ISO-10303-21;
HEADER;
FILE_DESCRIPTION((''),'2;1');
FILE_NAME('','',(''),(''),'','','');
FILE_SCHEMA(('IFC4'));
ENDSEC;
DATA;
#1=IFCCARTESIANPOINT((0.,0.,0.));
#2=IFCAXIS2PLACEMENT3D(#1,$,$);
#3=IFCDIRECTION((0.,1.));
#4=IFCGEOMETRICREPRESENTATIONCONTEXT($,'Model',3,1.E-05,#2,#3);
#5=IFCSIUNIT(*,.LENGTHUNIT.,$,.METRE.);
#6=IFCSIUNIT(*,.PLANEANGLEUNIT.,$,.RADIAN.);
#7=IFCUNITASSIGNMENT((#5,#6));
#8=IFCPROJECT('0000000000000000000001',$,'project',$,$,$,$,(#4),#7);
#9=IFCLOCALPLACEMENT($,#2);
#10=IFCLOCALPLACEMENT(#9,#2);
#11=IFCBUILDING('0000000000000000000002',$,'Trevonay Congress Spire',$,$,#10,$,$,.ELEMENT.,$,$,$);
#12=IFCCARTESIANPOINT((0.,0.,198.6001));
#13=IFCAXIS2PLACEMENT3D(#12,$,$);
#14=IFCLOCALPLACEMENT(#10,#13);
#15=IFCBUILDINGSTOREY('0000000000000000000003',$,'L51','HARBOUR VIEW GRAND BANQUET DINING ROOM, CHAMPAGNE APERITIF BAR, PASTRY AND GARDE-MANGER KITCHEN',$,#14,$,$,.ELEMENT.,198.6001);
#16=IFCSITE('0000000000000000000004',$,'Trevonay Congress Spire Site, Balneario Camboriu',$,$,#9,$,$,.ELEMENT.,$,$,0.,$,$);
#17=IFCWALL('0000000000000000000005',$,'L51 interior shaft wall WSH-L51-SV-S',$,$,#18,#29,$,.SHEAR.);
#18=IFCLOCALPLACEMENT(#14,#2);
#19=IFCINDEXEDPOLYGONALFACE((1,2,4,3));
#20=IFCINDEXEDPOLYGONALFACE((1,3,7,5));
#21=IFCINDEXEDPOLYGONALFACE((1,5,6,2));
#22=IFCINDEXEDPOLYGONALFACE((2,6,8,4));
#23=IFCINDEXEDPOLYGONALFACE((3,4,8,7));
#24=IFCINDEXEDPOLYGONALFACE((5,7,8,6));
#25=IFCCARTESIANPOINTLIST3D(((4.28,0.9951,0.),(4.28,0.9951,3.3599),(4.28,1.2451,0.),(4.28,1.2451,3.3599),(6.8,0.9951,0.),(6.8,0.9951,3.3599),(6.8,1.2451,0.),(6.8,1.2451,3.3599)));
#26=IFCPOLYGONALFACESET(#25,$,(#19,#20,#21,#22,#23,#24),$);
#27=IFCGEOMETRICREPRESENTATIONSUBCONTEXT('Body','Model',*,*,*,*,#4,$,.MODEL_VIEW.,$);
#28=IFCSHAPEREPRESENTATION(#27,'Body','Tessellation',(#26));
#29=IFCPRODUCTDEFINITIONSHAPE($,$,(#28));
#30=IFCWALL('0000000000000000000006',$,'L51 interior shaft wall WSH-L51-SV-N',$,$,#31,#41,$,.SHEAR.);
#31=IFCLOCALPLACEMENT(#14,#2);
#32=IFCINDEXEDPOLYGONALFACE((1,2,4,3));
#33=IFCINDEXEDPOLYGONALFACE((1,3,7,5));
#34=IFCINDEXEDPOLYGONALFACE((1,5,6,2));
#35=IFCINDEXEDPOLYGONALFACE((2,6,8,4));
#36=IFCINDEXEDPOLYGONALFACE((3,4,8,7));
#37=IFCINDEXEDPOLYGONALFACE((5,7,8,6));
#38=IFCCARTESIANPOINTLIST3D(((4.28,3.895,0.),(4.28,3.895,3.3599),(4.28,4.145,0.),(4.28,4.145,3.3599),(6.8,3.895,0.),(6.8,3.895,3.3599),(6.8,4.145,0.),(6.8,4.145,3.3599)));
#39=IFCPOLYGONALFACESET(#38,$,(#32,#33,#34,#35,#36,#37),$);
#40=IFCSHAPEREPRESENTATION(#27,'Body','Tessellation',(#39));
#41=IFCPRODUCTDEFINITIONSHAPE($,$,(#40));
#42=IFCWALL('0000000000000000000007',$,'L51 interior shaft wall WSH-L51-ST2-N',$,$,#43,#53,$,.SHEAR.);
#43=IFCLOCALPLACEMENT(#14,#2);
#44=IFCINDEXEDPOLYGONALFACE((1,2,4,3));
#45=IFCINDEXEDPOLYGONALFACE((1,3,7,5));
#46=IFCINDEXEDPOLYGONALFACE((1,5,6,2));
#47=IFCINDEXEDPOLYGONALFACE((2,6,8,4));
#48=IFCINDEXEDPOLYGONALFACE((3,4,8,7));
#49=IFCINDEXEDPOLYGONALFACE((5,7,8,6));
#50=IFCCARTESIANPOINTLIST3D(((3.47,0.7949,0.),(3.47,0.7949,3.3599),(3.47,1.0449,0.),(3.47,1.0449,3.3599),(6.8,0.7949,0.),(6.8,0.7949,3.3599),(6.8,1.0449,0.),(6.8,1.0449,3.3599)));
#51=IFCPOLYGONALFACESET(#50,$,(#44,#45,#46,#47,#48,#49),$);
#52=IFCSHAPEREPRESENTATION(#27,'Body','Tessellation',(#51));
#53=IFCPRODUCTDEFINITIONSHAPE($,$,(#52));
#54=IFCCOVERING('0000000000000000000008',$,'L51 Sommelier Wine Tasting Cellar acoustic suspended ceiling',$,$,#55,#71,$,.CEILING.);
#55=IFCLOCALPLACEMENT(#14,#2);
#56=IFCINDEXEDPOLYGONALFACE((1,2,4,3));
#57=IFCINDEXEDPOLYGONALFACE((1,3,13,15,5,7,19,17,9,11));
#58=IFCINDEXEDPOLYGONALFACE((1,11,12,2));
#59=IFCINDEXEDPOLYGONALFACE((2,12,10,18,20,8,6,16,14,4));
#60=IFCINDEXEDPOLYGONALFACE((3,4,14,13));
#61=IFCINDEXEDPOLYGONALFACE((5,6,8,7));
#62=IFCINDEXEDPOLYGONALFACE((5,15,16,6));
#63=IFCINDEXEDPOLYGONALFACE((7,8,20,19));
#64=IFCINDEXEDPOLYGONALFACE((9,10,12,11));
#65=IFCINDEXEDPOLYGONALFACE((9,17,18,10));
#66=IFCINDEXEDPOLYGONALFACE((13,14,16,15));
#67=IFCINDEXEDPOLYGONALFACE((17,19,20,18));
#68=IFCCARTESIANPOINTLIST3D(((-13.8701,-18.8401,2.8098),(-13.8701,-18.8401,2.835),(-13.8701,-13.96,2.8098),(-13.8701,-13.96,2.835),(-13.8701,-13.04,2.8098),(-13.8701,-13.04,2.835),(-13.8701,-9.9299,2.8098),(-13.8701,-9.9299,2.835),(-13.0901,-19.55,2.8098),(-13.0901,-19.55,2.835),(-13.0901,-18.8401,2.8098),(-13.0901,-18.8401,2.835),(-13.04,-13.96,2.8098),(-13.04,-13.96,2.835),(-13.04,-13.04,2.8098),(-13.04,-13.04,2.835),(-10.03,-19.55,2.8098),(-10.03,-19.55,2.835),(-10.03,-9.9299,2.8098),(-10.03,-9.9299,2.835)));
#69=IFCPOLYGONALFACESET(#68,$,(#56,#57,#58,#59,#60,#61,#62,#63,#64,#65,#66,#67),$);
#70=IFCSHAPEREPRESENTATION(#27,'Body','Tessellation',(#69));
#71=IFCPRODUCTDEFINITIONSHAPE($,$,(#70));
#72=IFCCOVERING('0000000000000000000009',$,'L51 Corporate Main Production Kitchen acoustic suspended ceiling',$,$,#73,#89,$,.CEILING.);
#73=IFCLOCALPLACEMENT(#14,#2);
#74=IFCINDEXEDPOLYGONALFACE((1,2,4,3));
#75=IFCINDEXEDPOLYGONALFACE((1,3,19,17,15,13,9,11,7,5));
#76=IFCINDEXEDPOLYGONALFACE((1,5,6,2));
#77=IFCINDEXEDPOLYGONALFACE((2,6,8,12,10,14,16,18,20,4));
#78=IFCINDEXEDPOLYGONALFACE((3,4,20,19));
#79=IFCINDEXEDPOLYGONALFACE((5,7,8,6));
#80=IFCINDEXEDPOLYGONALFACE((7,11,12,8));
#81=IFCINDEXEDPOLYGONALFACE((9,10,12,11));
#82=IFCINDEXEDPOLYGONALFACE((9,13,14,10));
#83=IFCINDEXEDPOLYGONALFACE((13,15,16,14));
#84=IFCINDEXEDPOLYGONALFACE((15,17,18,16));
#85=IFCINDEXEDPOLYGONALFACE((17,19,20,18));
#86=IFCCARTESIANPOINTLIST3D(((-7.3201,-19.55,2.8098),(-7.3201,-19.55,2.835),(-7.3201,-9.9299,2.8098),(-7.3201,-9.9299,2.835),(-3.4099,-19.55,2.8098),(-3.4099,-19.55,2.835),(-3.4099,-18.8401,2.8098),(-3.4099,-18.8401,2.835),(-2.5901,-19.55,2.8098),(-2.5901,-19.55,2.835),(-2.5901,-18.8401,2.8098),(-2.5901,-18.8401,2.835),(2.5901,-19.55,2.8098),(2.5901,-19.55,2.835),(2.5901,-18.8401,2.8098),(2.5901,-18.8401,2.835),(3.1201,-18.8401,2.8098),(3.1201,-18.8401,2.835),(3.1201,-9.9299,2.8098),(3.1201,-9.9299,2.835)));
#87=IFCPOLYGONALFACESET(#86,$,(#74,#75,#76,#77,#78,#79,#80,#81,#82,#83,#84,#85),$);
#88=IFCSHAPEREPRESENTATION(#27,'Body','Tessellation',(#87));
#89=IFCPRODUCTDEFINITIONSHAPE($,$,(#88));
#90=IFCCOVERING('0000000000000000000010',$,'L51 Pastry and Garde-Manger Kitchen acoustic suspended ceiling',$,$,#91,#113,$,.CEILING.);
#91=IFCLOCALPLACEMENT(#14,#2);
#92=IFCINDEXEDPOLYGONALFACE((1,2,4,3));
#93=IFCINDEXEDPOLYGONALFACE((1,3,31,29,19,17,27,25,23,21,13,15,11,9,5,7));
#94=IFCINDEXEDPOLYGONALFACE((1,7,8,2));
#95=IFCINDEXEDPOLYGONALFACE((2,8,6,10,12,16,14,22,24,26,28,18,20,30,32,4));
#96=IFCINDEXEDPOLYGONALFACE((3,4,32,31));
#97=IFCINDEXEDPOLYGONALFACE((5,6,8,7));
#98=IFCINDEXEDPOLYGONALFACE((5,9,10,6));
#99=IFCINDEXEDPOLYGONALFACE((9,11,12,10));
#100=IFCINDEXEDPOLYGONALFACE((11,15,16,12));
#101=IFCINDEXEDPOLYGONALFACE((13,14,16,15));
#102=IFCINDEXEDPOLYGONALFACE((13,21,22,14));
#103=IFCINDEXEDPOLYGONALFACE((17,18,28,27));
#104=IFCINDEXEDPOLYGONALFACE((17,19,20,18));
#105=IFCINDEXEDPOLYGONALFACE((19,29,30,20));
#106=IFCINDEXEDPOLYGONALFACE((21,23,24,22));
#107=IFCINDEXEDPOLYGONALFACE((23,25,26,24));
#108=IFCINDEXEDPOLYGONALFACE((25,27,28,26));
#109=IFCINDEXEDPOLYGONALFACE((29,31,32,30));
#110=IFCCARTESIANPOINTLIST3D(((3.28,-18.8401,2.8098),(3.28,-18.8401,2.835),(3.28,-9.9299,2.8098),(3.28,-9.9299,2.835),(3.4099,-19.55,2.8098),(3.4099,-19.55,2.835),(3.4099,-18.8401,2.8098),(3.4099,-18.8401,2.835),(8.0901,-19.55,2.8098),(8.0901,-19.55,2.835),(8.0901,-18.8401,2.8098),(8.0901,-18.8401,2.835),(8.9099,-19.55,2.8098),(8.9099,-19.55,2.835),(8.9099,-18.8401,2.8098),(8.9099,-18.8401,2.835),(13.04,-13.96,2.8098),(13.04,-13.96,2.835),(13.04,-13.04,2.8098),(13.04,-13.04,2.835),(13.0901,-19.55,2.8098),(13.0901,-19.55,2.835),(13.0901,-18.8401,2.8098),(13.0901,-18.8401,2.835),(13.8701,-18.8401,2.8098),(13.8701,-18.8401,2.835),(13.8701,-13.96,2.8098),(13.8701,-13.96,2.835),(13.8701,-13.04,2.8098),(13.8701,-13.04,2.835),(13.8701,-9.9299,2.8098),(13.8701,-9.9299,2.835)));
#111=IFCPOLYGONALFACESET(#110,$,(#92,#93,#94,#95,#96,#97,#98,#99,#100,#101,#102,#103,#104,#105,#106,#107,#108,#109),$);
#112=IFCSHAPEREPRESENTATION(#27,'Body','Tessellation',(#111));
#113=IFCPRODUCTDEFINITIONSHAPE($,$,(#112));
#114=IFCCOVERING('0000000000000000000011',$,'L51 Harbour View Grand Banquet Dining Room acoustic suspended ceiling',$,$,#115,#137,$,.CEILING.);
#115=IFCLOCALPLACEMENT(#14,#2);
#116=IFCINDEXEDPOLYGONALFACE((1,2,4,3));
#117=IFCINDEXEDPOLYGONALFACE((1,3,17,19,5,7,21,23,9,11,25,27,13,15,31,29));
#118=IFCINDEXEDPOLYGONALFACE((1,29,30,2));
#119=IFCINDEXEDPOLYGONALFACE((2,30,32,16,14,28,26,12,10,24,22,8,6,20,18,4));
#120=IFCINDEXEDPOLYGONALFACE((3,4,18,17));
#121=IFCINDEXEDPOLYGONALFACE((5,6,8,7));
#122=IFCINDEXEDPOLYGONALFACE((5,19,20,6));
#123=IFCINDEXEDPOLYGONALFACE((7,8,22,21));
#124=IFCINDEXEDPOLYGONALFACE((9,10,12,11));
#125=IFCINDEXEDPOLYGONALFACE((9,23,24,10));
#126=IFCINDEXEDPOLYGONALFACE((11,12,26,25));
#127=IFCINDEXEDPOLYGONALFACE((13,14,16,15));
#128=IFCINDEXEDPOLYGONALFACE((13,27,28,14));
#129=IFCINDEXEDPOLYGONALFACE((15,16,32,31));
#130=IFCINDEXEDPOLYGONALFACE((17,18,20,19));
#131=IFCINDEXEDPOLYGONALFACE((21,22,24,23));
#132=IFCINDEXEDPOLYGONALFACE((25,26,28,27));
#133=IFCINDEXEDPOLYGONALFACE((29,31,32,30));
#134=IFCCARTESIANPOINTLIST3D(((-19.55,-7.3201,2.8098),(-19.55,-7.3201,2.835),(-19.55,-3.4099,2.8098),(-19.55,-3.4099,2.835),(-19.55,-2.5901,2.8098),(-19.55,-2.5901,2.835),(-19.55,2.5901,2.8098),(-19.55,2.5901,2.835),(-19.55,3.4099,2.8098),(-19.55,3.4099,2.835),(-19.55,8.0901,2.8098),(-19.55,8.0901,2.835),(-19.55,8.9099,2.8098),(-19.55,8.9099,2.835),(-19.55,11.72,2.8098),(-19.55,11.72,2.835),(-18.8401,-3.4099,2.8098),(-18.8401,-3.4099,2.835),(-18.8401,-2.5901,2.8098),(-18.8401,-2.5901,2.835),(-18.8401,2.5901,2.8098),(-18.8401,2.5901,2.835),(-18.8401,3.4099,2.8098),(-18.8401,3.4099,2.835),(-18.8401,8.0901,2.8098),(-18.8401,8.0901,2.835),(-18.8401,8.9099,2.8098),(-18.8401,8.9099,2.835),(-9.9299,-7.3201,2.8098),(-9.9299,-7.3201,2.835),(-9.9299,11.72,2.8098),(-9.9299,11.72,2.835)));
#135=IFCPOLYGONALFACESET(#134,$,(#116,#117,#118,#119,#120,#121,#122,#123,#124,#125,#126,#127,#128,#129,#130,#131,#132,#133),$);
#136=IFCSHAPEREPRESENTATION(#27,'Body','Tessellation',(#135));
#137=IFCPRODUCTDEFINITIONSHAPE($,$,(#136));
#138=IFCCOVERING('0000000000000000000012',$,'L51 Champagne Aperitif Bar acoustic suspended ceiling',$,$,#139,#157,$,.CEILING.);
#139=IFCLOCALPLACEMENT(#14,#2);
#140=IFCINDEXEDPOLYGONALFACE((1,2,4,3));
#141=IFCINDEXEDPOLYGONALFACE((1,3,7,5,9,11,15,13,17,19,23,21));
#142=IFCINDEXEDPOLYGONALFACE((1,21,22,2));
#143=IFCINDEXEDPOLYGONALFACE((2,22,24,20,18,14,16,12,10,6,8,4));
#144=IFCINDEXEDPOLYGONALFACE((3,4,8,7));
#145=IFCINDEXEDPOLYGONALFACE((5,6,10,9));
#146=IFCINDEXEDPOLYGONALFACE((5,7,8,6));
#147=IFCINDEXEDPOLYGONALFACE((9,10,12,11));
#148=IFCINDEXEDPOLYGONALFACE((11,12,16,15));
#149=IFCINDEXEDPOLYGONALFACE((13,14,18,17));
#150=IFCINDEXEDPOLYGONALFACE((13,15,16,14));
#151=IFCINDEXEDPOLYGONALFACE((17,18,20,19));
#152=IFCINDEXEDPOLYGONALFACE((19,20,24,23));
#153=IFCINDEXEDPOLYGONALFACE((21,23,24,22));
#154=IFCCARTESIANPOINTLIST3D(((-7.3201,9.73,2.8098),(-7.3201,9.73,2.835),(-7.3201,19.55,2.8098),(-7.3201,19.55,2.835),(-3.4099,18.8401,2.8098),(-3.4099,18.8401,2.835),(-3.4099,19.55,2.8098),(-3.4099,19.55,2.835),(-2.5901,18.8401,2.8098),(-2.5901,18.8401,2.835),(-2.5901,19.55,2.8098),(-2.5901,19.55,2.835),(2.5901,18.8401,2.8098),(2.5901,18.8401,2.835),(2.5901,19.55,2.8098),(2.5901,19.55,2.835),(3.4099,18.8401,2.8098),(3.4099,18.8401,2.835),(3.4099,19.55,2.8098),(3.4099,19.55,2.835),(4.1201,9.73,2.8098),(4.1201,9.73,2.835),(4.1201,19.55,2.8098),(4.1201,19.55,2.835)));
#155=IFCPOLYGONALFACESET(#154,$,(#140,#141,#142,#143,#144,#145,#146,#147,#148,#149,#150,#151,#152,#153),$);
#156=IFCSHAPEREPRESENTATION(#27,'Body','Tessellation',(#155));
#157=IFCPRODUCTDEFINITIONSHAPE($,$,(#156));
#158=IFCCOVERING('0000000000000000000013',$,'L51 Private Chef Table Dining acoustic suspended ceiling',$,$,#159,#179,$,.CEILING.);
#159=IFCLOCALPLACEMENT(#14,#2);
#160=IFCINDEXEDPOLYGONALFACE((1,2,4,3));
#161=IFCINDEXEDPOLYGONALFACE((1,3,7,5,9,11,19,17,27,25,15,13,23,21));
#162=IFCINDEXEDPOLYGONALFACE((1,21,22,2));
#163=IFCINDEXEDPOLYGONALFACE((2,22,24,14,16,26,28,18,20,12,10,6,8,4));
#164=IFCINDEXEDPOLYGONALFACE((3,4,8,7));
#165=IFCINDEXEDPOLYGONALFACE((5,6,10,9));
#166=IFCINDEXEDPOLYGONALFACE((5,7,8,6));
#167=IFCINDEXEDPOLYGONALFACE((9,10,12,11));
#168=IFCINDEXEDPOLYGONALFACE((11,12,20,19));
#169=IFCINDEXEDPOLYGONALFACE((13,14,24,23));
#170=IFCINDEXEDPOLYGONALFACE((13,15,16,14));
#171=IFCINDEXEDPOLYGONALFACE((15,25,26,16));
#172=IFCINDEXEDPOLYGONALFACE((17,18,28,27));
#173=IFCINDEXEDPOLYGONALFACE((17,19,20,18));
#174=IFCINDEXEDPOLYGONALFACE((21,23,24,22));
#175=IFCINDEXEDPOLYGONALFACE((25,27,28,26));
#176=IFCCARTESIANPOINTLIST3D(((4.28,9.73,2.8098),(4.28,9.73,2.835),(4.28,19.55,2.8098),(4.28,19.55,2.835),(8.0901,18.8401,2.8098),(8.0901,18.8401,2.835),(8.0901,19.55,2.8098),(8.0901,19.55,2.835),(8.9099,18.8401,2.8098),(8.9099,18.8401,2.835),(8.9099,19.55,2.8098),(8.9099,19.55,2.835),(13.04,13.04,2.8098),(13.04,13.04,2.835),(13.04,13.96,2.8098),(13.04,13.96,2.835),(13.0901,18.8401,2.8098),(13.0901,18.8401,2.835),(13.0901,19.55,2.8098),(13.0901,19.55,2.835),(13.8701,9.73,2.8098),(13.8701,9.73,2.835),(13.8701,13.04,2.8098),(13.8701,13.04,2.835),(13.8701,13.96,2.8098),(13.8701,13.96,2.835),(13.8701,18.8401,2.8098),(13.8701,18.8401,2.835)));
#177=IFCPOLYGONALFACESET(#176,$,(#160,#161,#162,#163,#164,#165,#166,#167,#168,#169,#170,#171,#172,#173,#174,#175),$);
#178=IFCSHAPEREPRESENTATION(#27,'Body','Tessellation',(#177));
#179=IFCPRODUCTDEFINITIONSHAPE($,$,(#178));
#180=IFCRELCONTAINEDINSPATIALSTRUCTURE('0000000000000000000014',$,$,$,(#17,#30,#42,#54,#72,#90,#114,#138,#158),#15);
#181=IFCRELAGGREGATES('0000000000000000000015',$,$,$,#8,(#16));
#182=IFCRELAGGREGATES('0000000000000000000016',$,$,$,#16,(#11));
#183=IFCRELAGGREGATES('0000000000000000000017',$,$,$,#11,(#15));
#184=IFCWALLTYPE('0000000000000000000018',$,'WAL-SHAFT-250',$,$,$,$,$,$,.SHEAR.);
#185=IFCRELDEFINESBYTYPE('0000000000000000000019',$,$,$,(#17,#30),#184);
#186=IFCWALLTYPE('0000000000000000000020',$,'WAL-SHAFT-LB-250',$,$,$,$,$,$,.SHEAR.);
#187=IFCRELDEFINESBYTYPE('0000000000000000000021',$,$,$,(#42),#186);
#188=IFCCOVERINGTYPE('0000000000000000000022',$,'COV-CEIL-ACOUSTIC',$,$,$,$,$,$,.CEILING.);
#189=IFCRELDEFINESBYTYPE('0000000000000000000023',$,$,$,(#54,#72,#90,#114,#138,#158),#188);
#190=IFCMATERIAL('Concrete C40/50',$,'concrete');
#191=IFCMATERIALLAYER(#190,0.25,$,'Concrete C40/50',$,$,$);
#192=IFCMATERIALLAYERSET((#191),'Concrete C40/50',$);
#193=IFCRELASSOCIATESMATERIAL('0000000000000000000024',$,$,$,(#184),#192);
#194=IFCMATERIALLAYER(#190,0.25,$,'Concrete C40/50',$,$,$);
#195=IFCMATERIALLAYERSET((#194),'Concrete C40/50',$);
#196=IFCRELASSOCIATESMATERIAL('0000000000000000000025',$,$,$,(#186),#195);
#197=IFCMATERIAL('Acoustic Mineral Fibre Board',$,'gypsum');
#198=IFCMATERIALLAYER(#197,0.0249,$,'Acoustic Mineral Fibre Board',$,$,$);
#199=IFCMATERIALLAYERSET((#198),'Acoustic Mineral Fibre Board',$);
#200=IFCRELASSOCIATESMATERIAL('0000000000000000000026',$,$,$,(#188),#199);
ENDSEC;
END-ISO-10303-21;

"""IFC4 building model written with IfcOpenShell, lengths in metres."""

from ifc_helpers import new_model, si_unit, direction, frame, frame_2d, origin, place, context, subcontext, project, spatial, polyline, rectangle, outline, extrude, material, layer, layer_set, type_object, element, save


model = new_model("IFC4")

# Units and contexts
model_context = context("Model", 3, precision=1e-05, world=origin(), true_north=direction((0.0, 1.0)))
body_context = subcontext(model_context, "Body", "Model", "MODEL_VIEW")
ifc_project = project(units=[si_unit("LENGTHUNIT", "METRE"), si_unit("PLANEANGLEUNIT", "RADIAN")], contexts=[model_context])

# Site, building, storey
site_placement = place(None, origin())
site = spatial("IfcSite", under=ifc_project, at=site_placement, Name="Trevonay Congress Spire Site, Balneario Camboriu", CompositionType="ELEMENT", RefElevation=0.0)
building_placement = place(site_placement, origin())
building = spatial("IfcBuilding", under=site, at=building_placement, Name="Trevonay Congress Spire", CompositionType="ELEMENT")
storey_placement = place(building_placement, frame((0.0, 0.0, 198.6001)))
storey = spatial("IfcBuildingStorey", under=building, at=storey_placement, Name="L51", Description="HARBOUR VIEW GRAND BANQUET DINING ROOM, CHAMPAGNE APERITIF BAR, PASTRY AND GARDE-MANGER KITCHEN", CompositionType="ELEMENT", Elevation=198.6001)

# Shared definitions
ifc_material_1 = material(Name="Concrete C40/50", Category="concrete")
ifc_layer_1 = layer(ifc_material_1, 0.25, Name="Concrete C40/50")
ifc_layer_set_1 = layer_set([ifc_layer_1], Name="Concrete C40/50")
wall_type_1 = type_object("IfcWallType", Name="WAL-SHAFT-250", PredefinedType="SHEAR", material=ifc_layer_set_1)

# Walls
for number, where, z_axis, x_axis, name in (
    (1, (4.28, 1.1201, 0.0), (0.0, 0.0, 1.0), (1.0, 0.0, 0.0), "L51 interior shaft wall WSH-L51-SV-S"),
    (2, (4.28, 4.02, 0.0), (0.0, 0.0, 1.0), (1.0, 0.0, 0.0), "L51 interior shaft wall WSH-L51-SV-N"),
):
    element("IfcWall", number, at=place(storey_placement, frame(where, z_axis=z_axis, x_axis=x_axis)), inside=storey, type_object=wall_type_1, Name=name, PredefinedType="SHEAR", context=body_context, shape_type="SweptSolid", body=[
        extrude(rectangle(XDim=2.52, YDim=0.25, at=frame_2d((1.26, 0.0))), origin(), (0.0, 0.0, 1.0), 3.3599),
    ])
ifc_layer_2 = layer(ifc_material_1, 0.25, Name="Concrete C40/50")
ifc_layer_set_2 = layer_set([ifc_layer_2], Name="Concrete C40/50")
wall_type_2 = type_object("IfcWallType", Name="WAL-SHAFT-LB-250", PredefinedType="SHEAR", material=ifc_layer_set_2)
wall_1_placement = place(storey_placement, frame((3.47, 0.9199, 0.0), z_axis=(0.0, 0.0, 1.0), x_axis=(1.0, 0.0, 0.0)))
element("IfcWall", 3, at=wall_1_placement, inside=storey, type_object=wall_type_2, Name="L51 interior shaft wall WSH-L51-ST2-N", PredefinedType="SHEAR", context=body_context, shape_type="SweptSolid", body=[
    extrude(rectangle(XDim=3.3301, YDim=0.25, at=frame_2d((1.665, 0.0))), origin(), (0.0, 0.0, 1.0), 3.3599),
])

# Coverings
ifc_material_2 = material(Name="Acoustic Mineral Fibre Board", Category="gypsum")
ifc_layer_3 = layer(ifc_material_2, 0.0249, Name="Acoustic Mineral Fibre Board")
ifc_layer_set_3 = layer_set([ifc_layer_3], Name="Acoustic Mineral Fibre Board")
covering_type_1 = type_object("IfcCoveringType", Name="COV-CEIL-ACOUSTIC", PredefinedType="CEILING", material=ifc_layer_set_3)
covering_1_placement = place(storey_placement, frame((0.0, 0.0, 2.8098)))
element("IfcCovering", 4, at=covering_1_placement, inside=storey, type_object=covering_type_1, Name="L51 Sommelier Wine Tasting Cellar acoustic suspended ceiling", PredefinedType="CEILING", context=body_context, shape_type="SweptSolid", body=[
    extrude(outline(polyline([(-13.8701, -9.9299), (-10.03, -9.9299), (-10.03, -19.55), (-13.0901, -19.55), (-13.0901, -18.8401), (-13.8701, -18.8401), (-13.8701, -13.96), (-13.04, -13.96), (-13.04, -13.04), (-13.8701, -13.04), (-13.8701, -9.9299)])), origin(), (0.0, 0.0, 1.0), 0.0251),
])
covering_2_placement = place(storey_placement, frame((0.0, 0.0, 2.8098)))
element("IfcCovering", 5, at=covering_2_placement, inside=storey, type_object=covering_type_1, Name="L51 Corporate Main Production Kitchen acoustic suspended ceiling", PredefinedType="CEILING", context=body_context, shape_type="SweptSolid", body=[
    extrude(outline(polyline([(-7.3201, -19.55), (-7.3201, -9.9299), (3.1201, -9.9299), (3.1201, -18.8401), (2.5901, -18.8401), (2.5901, -19.55), (-2.5901, -19.55), (-2.5901, -18.8401), (-3.4099, -18.8401), (-3.4099, -19.55), (-7.3201, -19.55)])), origin(), (0.0, 0.0, 1.0), 0.0251),
])
covering_3_placement = place(storey_placement, frame((0.0, 0.0, 2.8098)))
element("IfcCovering", 6, at=covering_3_placement, inside=storey, type_object=covering_type_1, Name="L51 Pastry and Garde-Manger Kitchen acoustic suspended ceiling", PredefinedType="CEILING", context=body_context, shape_type="SweptSolid", body=[
    extrude(outline(polyline([(3.4099, -19.55), (3.4099, -18.8401), (3.28, -18.8401), (3.28, -9.9299), (13.8701, -9.9299), (13.8701, -13.04), (13.04, -13.04), (13.04, -13.96), (13.8701, -13.96), (13.8701, -18.8401), (13.0901, -18.8401), (13.0901, -19.55), (8.9099, -19.55), (8.9099, -18.8401), (8.0901, -18.8401), (8.0901, -19.55), (3.4099, -19.55)])), origin(), (0.0, 0.0, 1.0), 0.0251),
])
covering_4_placement = place(storey_placement, frame((0.0, 0.0, 2.8098)))
element("IfcCovering", 7, at=covering_4_placement, inside=storey, type_object=covering_type_1, Name="L51 Harbour View Grand Banquet Dining Room acoustic suspended ceiling", PredefinedType="CEILING", context=body_context, shape_type="SweptSolid", body=[
    extrude(outline(polyline([(-19.55, 11.72), (-9.9299, 11.72), (-9.9299, -7.3201), (-19.55, -7.3201), (-19.55, -3.4099), (-18.8401, -3.4099), (-18.8401, -2.5901), (-19.55, -2.5901), (-19.55, 2.5901), (-18.8401, 2.5901), (-18.8401, 3.4099), (-19.55, 3.4099), (-19.55, 8.0901), (-18.8401, 8.0901), (-18.8401, 8.9099), (-19.55, 8.9099), (-19.55, 11.72)])), origin(), (0.0, 0.0, 1.0), 0.0251),
])
covering_5_placement = place(storey_placement, frame((0.0, 0.0, 2.8098)))
element("IfcCovering", 8, at=covering_5_placement, inside=storey, type_object=covering_type_1, Name="L51 Champagne Aperitif Bar acoustic suspended ceiling", PredefinedType="CEILING", context=body_context, shape_type="SweptSolid", body=[
    extrude(outline(polyline([(4.1201, 19.55), (4.1201, 9.73), (-7.3201, 9.73), (-7.3201, 19.55), (-3.4099, 19.55), (-3.4099, 18.8401), (-2.5901, 18.8401), (-2.5901, 19.55), (2.5901, 19.55), (2.5901, 18.8401), (3.4099, 18.8401), (3.4099, 19.55), (4.1201, 19.55)])), origin(), (0.0, 0.0, 1.0), 0.0251),
])
covering_6_placement = place(storey_placement, frame((0.0, 0.0, 2.8098)))
element("IfcCovering", 9, at=covering_6_placement, inside=storey, type_object=covering_type_1, Name="L51 Private Chef Table Dining acoustic suspended ceiling", PredefinedType="CEILING", context=body_context, shape_type="SweptSolid", body=[
    extrude(outline(polyline([(13.8701, 9.73), (4.28, 9.73), (4.28, 19.55), (8.0901, 19.55), (8.0901, 18.8401), (8.9099, 18.8401), (8.9099, 19.55), (13.0901, 19.55), (13.0901, 18.8401), (13.8701, 18.8401), (13.8701, 13.96), (13.04, 13.96), (13.04, 13.04), (13.8701, 13.04), (13.8701, 9.73)])), origin(), (0.0, 0.0, 1.0), 0.0251),
])

save(model, "model.ifc")
